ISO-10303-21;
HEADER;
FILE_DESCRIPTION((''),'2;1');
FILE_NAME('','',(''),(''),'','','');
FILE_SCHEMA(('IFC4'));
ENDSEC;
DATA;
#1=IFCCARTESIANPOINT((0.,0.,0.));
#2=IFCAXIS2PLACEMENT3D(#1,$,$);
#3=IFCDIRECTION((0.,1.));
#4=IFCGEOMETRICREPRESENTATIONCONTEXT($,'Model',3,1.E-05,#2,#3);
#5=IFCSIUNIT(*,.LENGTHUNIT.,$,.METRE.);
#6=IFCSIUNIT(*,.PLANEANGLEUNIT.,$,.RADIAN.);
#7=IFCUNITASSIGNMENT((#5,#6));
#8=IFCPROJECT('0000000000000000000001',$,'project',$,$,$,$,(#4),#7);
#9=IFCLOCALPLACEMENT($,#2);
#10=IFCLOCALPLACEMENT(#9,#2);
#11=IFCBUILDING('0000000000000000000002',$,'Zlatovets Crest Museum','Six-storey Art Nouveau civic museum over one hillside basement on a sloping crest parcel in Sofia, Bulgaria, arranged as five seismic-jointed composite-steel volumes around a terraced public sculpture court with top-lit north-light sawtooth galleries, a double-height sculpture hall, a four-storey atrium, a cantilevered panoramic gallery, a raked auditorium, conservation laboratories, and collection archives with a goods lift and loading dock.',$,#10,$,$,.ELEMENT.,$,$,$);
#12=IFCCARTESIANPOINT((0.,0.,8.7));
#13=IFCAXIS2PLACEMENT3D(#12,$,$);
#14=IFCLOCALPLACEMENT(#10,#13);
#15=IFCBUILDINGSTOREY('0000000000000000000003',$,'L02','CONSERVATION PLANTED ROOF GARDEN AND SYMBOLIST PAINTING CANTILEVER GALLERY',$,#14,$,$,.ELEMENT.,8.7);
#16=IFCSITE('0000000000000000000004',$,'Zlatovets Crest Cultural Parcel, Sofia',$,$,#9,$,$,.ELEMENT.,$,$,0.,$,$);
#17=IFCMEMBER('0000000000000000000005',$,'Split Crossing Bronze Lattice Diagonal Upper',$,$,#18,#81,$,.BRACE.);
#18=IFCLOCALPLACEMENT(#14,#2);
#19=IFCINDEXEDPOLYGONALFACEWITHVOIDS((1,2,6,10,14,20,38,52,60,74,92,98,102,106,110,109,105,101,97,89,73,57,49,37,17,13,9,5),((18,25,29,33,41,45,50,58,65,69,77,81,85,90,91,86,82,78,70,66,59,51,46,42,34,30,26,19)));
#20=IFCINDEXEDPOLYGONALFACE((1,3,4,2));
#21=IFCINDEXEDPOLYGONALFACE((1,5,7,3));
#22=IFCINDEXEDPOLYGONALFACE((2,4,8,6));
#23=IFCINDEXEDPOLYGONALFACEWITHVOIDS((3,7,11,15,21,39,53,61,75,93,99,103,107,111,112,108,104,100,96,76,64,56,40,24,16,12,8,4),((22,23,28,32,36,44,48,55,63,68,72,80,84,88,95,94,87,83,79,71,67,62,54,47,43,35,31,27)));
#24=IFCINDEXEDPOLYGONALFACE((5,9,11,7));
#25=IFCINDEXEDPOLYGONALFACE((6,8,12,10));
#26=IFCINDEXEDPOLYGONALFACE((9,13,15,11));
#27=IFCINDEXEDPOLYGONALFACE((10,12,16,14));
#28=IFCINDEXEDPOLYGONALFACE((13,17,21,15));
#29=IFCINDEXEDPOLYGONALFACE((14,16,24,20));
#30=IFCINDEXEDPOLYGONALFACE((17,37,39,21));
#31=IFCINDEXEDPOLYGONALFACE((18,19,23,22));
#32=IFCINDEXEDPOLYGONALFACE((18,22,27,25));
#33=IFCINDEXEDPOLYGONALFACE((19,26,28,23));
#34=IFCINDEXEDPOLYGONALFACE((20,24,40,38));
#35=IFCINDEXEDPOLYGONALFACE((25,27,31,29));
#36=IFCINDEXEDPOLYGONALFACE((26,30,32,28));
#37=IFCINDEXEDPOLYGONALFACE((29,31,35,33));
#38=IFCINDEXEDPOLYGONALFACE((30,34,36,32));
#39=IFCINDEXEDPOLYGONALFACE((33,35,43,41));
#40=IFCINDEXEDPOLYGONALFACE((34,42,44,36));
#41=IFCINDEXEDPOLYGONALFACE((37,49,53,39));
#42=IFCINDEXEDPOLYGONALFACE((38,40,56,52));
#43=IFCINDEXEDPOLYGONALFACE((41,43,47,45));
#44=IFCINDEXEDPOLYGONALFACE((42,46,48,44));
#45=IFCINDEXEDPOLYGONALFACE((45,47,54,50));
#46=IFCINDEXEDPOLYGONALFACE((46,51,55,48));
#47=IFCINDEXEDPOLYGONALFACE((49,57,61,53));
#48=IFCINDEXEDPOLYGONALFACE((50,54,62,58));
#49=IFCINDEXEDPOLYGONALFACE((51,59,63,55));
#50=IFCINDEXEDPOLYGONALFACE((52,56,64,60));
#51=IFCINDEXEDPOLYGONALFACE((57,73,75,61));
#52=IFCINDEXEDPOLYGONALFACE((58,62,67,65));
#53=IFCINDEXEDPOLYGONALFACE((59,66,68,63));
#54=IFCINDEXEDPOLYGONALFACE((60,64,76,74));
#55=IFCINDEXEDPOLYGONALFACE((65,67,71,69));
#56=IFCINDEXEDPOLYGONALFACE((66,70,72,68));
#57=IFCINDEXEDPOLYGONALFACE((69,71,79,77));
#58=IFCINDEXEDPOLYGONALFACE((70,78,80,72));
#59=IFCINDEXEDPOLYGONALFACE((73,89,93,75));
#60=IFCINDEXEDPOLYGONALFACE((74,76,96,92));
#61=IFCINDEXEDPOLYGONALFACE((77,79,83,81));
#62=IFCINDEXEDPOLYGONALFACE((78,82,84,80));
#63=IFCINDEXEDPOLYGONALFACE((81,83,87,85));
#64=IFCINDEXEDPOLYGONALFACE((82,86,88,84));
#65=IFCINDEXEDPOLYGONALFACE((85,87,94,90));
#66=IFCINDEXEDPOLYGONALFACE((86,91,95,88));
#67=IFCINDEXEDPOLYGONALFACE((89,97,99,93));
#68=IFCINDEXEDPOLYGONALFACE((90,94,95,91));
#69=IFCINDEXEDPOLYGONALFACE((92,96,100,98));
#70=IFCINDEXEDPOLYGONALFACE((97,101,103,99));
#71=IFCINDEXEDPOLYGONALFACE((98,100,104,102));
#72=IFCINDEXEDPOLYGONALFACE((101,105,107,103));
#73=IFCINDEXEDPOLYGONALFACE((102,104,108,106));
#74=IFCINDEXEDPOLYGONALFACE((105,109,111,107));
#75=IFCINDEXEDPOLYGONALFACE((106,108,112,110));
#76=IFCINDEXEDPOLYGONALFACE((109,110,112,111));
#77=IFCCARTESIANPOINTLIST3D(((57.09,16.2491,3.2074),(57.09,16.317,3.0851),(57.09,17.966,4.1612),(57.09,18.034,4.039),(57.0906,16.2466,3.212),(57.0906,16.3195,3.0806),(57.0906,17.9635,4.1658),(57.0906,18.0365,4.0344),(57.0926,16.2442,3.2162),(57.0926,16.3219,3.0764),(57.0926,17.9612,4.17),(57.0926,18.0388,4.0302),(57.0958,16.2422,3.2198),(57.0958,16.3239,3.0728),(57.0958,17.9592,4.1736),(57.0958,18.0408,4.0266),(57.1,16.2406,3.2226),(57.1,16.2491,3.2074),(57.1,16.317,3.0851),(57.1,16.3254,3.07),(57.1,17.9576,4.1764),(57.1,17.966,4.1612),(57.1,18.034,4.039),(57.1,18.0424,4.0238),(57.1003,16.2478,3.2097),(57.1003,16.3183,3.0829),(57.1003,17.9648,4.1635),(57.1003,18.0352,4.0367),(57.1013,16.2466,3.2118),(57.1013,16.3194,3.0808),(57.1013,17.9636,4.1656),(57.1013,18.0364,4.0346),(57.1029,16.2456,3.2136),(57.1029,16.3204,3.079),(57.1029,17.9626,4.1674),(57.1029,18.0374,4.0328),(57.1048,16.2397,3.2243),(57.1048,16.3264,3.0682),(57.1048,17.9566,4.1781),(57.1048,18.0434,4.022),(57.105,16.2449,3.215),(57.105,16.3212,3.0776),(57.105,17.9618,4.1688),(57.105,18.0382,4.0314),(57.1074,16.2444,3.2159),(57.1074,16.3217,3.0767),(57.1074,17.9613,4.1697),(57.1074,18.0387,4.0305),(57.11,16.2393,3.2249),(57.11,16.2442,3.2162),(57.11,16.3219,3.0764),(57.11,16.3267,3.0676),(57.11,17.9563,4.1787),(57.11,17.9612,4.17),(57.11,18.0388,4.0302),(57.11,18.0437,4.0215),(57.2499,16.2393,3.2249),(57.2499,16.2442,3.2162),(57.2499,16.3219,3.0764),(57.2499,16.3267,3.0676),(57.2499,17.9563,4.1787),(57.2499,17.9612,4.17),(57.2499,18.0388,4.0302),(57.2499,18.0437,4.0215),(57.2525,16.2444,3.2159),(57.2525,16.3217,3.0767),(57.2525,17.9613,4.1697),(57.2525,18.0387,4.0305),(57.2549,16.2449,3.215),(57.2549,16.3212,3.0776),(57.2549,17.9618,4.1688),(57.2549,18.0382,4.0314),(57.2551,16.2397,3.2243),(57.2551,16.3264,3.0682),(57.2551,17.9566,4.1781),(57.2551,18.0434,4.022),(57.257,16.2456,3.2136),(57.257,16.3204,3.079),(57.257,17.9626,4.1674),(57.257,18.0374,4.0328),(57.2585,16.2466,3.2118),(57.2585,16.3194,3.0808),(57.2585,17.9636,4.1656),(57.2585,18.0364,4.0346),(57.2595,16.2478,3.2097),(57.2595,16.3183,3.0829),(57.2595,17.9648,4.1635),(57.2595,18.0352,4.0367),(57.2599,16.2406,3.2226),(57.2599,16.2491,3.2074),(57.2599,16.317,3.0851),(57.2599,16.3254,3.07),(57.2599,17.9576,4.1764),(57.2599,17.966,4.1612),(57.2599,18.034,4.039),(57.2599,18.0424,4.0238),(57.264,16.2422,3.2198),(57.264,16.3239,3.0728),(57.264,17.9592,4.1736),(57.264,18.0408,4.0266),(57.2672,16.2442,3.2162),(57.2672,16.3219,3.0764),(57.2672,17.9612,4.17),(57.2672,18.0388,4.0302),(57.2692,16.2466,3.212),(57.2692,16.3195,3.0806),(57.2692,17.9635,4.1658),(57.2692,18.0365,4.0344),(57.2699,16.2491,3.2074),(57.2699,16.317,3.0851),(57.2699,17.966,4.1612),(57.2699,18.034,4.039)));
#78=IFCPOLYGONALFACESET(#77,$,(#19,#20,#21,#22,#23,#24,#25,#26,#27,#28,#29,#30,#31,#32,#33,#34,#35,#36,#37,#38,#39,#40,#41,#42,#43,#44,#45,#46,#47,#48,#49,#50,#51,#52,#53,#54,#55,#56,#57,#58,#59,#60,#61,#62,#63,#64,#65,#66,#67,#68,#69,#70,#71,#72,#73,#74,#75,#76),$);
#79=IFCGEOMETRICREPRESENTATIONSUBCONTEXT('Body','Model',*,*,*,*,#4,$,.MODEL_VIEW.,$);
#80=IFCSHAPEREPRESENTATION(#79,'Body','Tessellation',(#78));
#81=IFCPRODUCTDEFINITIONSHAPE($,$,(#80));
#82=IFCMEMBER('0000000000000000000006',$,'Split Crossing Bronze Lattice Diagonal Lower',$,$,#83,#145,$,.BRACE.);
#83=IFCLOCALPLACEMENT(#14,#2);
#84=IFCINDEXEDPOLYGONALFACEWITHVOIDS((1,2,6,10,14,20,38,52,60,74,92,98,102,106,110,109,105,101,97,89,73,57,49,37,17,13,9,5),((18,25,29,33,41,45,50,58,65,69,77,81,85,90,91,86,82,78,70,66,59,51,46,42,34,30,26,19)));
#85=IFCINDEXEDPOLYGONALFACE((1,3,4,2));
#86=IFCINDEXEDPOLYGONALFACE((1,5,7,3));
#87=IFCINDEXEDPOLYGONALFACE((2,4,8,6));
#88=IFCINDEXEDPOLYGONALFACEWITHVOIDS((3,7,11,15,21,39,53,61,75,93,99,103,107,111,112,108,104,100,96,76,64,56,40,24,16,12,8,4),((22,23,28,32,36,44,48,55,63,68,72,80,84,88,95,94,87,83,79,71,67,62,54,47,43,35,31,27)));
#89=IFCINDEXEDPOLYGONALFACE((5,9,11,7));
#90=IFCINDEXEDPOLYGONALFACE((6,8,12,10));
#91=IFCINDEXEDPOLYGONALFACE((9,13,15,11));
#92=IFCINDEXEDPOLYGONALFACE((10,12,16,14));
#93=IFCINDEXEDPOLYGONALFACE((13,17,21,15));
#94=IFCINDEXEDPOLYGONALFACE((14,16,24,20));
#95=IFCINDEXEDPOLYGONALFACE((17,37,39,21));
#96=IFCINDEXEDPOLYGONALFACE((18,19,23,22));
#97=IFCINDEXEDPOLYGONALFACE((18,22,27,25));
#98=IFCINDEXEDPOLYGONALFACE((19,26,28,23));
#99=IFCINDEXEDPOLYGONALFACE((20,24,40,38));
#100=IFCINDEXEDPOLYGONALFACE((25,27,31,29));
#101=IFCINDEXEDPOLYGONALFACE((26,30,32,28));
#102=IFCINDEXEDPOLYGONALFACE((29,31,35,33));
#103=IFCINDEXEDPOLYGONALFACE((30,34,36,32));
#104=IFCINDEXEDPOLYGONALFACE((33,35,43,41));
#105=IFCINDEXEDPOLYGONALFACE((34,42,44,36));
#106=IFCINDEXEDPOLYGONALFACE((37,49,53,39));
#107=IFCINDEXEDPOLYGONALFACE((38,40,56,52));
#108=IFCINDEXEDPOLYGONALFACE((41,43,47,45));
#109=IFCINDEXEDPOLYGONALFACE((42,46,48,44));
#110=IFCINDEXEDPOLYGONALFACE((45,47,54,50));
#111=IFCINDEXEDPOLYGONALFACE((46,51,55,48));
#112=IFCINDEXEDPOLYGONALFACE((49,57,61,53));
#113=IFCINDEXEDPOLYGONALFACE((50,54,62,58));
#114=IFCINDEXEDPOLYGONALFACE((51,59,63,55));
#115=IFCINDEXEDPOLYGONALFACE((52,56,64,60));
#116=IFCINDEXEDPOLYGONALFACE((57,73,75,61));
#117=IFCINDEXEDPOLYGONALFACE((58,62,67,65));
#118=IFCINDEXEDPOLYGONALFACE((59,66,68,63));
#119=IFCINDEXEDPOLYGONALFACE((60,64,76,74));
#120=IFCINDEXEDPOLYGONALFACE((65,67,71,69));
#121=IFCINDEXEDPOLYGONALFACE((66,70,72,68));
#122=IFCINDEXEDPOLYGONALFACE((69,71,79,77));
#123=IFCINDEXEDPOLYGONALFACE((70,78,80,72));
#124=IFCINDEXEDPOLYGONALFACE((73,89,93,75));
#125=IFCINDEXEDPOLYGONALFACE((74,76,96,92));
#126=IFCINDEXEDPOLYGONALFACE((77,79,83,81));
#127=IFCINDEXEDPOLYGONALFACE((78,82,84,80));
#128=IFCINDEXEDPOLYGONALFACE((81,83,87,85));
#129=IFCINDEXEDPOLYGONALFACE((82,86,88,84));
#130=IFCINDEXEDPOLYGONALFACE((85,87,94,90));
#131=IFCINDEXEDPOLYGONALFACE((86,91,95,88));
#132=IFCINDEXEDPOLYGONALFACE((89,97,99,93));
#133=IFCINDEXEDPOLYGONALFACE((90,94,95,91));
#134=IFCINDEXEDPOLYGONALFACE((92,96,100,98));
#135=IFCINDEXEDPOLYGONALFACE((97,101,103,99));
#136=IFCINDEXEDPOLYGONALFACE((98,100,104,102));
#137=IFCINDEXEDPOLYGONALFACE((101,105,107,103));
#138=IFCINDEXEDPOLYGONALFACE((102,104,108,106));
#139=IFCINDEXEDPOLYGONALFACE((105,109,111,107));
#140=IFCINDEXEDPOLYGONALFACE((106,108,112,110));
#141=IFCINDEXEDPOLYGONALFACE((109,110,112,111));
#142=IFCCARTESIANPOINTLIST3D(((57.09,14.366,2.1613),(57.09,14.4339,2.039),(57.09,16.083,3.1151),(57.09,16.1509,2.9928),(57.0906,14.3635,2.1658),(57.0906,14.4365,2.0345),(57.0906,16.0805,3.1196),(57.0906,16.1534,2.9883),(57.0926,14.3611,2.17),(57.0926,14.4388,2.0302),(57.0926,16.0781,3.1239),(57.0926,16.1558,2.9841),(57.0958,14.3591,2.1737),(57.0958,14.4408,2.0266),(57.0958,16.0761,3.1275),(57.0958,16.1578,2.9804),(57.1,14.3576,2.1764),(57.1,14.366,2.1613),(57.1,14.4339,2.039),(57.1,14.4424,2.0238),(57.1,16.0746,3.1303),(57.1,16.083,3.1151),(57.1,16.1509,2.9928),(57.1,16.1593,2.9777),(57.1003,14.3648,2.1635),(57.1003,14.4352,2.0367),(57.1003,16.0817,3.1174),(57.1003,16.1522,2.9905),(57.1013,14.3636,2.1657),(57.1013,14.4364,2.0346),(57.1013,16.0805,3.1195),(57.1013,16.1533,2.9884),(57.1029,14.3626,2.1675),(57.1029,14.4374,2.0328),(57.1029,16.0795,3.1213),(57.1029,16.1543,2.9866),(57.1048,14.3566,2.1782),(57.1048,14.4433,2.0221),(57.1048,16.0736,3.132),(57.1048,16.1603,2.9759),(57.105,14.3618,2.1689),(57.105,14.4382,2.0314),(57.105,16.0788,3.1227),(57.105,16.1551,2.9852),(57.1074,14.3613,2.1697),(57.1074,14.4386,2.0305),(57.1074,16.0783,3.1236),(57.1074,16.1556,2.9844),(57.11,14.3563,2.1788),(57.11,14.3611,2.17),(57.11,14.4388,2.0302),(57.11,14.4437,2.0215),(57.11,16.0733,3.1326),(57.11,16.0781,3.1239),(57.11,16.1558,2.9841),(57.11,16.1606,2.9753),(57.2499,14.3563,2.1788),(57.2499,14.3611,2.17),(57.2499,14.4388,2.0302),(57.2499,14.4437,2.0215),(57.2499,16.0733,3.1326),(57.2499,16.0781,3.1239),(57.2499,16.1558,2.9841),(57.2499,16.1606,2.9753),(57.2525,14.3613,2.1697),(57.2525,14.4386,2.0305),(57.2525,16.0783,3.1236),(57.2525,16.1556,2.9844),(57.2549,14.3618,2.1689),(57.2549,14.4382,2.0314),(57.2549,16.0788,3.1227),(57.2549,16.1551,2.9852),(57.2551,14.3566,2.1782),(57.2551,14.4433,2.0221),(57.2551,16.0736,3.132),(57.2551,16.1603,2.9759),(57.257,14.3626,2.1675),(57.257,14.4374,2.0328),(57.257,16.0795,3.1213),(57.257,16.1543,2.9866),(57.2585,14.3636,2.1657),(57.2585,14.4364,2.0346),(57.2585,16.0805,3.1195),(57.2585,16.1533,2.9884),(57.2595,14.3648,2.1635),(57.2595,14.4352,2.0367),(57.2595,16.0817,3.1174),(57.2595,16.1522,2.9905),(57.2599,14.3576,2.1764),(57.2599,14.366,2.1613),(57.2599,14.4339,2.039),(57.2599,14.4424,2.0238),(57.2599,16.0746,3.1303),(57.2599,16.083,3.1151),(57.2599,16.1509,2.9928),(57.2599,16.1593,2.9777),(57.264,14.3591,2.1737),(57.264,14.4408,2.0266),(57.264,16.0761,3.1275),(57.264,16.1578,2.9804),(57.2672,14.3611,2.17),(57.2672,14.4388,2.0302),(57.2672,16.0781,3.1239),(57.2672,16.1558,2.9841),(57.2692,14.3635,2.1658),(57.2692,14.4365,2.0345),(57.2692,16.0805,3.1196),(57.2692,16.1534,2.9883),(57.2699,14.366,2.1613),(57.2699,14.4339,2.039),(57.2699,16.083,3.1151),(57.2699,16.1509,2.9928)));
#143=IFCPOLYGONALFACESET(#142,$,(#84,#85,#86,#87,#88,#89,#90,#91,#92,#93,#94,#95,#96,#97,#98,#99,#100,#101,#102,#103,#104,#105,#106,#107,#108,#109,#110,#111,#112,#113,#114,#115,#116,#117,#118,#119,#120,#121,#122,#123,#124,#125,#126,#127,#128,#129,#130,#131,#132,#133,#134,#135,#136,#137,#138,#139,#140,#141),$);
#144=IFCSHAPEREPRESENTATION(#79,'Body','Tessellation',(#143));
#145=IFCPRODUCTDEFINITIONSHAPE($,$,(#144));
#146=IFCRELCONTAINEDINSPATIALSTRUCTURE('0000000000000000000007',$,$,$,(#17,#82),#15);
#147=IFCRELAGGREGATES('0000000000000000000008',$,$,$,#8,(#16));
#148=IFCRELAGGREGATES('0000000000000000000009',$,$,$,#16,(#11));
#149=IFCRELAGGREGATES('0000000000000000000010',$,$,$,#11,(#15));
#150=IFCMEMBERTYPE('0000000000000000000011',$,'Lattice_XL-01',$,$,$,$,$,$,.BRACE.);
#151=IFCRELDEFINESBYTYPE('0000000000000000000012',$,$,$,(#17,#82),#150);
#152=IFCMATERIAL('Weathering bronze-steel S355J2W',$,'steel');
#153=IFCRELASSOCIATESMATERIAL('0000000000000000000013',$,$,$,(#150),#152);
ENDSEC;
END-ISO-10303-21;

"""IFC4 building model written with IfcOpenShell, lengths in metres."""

from ifc_helpers import new_model, si_unit, direction, frame, origin, origin_2d, place, context, subcontext, project, spatial, hollow_rectangle, extrude, material, material_profile, profile_set, type_object, element, save


model = new_model("IFC4")

# Units and contexts
model_context = context("Model", 3, precision=1e-05, world=origin(), true_north=direction((0.0, 1.0)))
body_context = subcontext(model_context, "Body", "Model", "MODEL_VIEW")
ifc_project = project(units=[si_unit("LENGTHUNIT", "METRE"), si_unit("PLANEANGLEUNIT", "RADIAN")], contexts=[model_context])

# Site, building, storey
site_placement = place(None, origin())
site = spatial("IfcSite", under=ifc_project, at=site_placement, Name="Zlatovets Crest Cultural Parcel, Sofia", CompositionType="ELEMENT", RefElevation=0.0)
building_placement = place(site_placement, origin())
building = spatial("IfcBuilding", under=site, at=building_placement, Name="Zlatovets Crest Museum", Description="Six-storey Art Nouveau civic museum over one hillside basement on a sloping crest parcel in Sofia, Bulgaria, arranged as five seismic-jointed composite-steel volumes around a terraced public sculpture court with top-lit north-light sawtooth galleries, a double-height sculpture hall, a four-storey atrium, a cantilevered panoramic gallery, a raked auditorium, conservation laboratories, and collection archives with a goods lift and loading dock.", CompositionType="ELEMENT")
storey_placement = place(building_placement, frame((0.0, 0.0, 8.7)))
storey = spatial("IfcBuildingStorey", under=building, at=storey_placement, Name="L02", Description="CONSERVATION PLANTED ROOF GARDEN AND SYMBOLIST PAINTING CANTILEVER GALLERY", CompositionType="ELEMENT", Elevation=8.7)

# Members
ifc_material_1 = material(Name="Weathering bronze-steel S355J2W", Category="steel")
ifc_material_profile_1 = material_profile(ifc_material_1, hollow_rectangle(XDim=0.1799, YDim=0.1799, WallThickness=0.01, InnerFilletRadius=0.01, OuterFilletRadius=0.02, at=origin_2d()), Name="SHS 180x180x10.0")
ifc_profile_set_1 = profile_set([ifc_material_profile_1], Name="Weathering bronze-steel S355J2W")
member_type_1 = type_object("IfcMemberType", Name="Lattice_XL-01", PredefinedType="BRACE", material=ifc_profile_set_1)
for number, where, z_axis, x_axis, name in (
    (1, (57.1799, 18.0, 4.1001), (0.0, -0.874169, -0.485622), (1.0, 0.0, 0.0), "Split Crossing Bronze Lattice Diagonal Upper"),
    (2, (57.1799, 16.1169, 3.054), (0.0, -0.874169, -0.485622), (1.0, 0.0, 0.0), "Split Crossing Bronze Lattice Diagonal Lower"),
):
    element("IfcMember", number, at=place(storey_placement, frame(where, z_axis=z_axis, x_axis=x_axis)), inside=storey, type_object=member_type_1, Name=name, PredefinedType="BRACE", context=body_context, shape_type="SweptSolid", body=[
        extrude(hollow_rectangle(XDim=0.1799, YDim=0.1799, WallThickness=0.01, InnerFilletRadius=0.01, OuterFilletRadius=0.02, at=origin_2d()), origin(), (0.0, 0.0, 1.0), 1.9641),
    ])

save(model, "model.ifc")
